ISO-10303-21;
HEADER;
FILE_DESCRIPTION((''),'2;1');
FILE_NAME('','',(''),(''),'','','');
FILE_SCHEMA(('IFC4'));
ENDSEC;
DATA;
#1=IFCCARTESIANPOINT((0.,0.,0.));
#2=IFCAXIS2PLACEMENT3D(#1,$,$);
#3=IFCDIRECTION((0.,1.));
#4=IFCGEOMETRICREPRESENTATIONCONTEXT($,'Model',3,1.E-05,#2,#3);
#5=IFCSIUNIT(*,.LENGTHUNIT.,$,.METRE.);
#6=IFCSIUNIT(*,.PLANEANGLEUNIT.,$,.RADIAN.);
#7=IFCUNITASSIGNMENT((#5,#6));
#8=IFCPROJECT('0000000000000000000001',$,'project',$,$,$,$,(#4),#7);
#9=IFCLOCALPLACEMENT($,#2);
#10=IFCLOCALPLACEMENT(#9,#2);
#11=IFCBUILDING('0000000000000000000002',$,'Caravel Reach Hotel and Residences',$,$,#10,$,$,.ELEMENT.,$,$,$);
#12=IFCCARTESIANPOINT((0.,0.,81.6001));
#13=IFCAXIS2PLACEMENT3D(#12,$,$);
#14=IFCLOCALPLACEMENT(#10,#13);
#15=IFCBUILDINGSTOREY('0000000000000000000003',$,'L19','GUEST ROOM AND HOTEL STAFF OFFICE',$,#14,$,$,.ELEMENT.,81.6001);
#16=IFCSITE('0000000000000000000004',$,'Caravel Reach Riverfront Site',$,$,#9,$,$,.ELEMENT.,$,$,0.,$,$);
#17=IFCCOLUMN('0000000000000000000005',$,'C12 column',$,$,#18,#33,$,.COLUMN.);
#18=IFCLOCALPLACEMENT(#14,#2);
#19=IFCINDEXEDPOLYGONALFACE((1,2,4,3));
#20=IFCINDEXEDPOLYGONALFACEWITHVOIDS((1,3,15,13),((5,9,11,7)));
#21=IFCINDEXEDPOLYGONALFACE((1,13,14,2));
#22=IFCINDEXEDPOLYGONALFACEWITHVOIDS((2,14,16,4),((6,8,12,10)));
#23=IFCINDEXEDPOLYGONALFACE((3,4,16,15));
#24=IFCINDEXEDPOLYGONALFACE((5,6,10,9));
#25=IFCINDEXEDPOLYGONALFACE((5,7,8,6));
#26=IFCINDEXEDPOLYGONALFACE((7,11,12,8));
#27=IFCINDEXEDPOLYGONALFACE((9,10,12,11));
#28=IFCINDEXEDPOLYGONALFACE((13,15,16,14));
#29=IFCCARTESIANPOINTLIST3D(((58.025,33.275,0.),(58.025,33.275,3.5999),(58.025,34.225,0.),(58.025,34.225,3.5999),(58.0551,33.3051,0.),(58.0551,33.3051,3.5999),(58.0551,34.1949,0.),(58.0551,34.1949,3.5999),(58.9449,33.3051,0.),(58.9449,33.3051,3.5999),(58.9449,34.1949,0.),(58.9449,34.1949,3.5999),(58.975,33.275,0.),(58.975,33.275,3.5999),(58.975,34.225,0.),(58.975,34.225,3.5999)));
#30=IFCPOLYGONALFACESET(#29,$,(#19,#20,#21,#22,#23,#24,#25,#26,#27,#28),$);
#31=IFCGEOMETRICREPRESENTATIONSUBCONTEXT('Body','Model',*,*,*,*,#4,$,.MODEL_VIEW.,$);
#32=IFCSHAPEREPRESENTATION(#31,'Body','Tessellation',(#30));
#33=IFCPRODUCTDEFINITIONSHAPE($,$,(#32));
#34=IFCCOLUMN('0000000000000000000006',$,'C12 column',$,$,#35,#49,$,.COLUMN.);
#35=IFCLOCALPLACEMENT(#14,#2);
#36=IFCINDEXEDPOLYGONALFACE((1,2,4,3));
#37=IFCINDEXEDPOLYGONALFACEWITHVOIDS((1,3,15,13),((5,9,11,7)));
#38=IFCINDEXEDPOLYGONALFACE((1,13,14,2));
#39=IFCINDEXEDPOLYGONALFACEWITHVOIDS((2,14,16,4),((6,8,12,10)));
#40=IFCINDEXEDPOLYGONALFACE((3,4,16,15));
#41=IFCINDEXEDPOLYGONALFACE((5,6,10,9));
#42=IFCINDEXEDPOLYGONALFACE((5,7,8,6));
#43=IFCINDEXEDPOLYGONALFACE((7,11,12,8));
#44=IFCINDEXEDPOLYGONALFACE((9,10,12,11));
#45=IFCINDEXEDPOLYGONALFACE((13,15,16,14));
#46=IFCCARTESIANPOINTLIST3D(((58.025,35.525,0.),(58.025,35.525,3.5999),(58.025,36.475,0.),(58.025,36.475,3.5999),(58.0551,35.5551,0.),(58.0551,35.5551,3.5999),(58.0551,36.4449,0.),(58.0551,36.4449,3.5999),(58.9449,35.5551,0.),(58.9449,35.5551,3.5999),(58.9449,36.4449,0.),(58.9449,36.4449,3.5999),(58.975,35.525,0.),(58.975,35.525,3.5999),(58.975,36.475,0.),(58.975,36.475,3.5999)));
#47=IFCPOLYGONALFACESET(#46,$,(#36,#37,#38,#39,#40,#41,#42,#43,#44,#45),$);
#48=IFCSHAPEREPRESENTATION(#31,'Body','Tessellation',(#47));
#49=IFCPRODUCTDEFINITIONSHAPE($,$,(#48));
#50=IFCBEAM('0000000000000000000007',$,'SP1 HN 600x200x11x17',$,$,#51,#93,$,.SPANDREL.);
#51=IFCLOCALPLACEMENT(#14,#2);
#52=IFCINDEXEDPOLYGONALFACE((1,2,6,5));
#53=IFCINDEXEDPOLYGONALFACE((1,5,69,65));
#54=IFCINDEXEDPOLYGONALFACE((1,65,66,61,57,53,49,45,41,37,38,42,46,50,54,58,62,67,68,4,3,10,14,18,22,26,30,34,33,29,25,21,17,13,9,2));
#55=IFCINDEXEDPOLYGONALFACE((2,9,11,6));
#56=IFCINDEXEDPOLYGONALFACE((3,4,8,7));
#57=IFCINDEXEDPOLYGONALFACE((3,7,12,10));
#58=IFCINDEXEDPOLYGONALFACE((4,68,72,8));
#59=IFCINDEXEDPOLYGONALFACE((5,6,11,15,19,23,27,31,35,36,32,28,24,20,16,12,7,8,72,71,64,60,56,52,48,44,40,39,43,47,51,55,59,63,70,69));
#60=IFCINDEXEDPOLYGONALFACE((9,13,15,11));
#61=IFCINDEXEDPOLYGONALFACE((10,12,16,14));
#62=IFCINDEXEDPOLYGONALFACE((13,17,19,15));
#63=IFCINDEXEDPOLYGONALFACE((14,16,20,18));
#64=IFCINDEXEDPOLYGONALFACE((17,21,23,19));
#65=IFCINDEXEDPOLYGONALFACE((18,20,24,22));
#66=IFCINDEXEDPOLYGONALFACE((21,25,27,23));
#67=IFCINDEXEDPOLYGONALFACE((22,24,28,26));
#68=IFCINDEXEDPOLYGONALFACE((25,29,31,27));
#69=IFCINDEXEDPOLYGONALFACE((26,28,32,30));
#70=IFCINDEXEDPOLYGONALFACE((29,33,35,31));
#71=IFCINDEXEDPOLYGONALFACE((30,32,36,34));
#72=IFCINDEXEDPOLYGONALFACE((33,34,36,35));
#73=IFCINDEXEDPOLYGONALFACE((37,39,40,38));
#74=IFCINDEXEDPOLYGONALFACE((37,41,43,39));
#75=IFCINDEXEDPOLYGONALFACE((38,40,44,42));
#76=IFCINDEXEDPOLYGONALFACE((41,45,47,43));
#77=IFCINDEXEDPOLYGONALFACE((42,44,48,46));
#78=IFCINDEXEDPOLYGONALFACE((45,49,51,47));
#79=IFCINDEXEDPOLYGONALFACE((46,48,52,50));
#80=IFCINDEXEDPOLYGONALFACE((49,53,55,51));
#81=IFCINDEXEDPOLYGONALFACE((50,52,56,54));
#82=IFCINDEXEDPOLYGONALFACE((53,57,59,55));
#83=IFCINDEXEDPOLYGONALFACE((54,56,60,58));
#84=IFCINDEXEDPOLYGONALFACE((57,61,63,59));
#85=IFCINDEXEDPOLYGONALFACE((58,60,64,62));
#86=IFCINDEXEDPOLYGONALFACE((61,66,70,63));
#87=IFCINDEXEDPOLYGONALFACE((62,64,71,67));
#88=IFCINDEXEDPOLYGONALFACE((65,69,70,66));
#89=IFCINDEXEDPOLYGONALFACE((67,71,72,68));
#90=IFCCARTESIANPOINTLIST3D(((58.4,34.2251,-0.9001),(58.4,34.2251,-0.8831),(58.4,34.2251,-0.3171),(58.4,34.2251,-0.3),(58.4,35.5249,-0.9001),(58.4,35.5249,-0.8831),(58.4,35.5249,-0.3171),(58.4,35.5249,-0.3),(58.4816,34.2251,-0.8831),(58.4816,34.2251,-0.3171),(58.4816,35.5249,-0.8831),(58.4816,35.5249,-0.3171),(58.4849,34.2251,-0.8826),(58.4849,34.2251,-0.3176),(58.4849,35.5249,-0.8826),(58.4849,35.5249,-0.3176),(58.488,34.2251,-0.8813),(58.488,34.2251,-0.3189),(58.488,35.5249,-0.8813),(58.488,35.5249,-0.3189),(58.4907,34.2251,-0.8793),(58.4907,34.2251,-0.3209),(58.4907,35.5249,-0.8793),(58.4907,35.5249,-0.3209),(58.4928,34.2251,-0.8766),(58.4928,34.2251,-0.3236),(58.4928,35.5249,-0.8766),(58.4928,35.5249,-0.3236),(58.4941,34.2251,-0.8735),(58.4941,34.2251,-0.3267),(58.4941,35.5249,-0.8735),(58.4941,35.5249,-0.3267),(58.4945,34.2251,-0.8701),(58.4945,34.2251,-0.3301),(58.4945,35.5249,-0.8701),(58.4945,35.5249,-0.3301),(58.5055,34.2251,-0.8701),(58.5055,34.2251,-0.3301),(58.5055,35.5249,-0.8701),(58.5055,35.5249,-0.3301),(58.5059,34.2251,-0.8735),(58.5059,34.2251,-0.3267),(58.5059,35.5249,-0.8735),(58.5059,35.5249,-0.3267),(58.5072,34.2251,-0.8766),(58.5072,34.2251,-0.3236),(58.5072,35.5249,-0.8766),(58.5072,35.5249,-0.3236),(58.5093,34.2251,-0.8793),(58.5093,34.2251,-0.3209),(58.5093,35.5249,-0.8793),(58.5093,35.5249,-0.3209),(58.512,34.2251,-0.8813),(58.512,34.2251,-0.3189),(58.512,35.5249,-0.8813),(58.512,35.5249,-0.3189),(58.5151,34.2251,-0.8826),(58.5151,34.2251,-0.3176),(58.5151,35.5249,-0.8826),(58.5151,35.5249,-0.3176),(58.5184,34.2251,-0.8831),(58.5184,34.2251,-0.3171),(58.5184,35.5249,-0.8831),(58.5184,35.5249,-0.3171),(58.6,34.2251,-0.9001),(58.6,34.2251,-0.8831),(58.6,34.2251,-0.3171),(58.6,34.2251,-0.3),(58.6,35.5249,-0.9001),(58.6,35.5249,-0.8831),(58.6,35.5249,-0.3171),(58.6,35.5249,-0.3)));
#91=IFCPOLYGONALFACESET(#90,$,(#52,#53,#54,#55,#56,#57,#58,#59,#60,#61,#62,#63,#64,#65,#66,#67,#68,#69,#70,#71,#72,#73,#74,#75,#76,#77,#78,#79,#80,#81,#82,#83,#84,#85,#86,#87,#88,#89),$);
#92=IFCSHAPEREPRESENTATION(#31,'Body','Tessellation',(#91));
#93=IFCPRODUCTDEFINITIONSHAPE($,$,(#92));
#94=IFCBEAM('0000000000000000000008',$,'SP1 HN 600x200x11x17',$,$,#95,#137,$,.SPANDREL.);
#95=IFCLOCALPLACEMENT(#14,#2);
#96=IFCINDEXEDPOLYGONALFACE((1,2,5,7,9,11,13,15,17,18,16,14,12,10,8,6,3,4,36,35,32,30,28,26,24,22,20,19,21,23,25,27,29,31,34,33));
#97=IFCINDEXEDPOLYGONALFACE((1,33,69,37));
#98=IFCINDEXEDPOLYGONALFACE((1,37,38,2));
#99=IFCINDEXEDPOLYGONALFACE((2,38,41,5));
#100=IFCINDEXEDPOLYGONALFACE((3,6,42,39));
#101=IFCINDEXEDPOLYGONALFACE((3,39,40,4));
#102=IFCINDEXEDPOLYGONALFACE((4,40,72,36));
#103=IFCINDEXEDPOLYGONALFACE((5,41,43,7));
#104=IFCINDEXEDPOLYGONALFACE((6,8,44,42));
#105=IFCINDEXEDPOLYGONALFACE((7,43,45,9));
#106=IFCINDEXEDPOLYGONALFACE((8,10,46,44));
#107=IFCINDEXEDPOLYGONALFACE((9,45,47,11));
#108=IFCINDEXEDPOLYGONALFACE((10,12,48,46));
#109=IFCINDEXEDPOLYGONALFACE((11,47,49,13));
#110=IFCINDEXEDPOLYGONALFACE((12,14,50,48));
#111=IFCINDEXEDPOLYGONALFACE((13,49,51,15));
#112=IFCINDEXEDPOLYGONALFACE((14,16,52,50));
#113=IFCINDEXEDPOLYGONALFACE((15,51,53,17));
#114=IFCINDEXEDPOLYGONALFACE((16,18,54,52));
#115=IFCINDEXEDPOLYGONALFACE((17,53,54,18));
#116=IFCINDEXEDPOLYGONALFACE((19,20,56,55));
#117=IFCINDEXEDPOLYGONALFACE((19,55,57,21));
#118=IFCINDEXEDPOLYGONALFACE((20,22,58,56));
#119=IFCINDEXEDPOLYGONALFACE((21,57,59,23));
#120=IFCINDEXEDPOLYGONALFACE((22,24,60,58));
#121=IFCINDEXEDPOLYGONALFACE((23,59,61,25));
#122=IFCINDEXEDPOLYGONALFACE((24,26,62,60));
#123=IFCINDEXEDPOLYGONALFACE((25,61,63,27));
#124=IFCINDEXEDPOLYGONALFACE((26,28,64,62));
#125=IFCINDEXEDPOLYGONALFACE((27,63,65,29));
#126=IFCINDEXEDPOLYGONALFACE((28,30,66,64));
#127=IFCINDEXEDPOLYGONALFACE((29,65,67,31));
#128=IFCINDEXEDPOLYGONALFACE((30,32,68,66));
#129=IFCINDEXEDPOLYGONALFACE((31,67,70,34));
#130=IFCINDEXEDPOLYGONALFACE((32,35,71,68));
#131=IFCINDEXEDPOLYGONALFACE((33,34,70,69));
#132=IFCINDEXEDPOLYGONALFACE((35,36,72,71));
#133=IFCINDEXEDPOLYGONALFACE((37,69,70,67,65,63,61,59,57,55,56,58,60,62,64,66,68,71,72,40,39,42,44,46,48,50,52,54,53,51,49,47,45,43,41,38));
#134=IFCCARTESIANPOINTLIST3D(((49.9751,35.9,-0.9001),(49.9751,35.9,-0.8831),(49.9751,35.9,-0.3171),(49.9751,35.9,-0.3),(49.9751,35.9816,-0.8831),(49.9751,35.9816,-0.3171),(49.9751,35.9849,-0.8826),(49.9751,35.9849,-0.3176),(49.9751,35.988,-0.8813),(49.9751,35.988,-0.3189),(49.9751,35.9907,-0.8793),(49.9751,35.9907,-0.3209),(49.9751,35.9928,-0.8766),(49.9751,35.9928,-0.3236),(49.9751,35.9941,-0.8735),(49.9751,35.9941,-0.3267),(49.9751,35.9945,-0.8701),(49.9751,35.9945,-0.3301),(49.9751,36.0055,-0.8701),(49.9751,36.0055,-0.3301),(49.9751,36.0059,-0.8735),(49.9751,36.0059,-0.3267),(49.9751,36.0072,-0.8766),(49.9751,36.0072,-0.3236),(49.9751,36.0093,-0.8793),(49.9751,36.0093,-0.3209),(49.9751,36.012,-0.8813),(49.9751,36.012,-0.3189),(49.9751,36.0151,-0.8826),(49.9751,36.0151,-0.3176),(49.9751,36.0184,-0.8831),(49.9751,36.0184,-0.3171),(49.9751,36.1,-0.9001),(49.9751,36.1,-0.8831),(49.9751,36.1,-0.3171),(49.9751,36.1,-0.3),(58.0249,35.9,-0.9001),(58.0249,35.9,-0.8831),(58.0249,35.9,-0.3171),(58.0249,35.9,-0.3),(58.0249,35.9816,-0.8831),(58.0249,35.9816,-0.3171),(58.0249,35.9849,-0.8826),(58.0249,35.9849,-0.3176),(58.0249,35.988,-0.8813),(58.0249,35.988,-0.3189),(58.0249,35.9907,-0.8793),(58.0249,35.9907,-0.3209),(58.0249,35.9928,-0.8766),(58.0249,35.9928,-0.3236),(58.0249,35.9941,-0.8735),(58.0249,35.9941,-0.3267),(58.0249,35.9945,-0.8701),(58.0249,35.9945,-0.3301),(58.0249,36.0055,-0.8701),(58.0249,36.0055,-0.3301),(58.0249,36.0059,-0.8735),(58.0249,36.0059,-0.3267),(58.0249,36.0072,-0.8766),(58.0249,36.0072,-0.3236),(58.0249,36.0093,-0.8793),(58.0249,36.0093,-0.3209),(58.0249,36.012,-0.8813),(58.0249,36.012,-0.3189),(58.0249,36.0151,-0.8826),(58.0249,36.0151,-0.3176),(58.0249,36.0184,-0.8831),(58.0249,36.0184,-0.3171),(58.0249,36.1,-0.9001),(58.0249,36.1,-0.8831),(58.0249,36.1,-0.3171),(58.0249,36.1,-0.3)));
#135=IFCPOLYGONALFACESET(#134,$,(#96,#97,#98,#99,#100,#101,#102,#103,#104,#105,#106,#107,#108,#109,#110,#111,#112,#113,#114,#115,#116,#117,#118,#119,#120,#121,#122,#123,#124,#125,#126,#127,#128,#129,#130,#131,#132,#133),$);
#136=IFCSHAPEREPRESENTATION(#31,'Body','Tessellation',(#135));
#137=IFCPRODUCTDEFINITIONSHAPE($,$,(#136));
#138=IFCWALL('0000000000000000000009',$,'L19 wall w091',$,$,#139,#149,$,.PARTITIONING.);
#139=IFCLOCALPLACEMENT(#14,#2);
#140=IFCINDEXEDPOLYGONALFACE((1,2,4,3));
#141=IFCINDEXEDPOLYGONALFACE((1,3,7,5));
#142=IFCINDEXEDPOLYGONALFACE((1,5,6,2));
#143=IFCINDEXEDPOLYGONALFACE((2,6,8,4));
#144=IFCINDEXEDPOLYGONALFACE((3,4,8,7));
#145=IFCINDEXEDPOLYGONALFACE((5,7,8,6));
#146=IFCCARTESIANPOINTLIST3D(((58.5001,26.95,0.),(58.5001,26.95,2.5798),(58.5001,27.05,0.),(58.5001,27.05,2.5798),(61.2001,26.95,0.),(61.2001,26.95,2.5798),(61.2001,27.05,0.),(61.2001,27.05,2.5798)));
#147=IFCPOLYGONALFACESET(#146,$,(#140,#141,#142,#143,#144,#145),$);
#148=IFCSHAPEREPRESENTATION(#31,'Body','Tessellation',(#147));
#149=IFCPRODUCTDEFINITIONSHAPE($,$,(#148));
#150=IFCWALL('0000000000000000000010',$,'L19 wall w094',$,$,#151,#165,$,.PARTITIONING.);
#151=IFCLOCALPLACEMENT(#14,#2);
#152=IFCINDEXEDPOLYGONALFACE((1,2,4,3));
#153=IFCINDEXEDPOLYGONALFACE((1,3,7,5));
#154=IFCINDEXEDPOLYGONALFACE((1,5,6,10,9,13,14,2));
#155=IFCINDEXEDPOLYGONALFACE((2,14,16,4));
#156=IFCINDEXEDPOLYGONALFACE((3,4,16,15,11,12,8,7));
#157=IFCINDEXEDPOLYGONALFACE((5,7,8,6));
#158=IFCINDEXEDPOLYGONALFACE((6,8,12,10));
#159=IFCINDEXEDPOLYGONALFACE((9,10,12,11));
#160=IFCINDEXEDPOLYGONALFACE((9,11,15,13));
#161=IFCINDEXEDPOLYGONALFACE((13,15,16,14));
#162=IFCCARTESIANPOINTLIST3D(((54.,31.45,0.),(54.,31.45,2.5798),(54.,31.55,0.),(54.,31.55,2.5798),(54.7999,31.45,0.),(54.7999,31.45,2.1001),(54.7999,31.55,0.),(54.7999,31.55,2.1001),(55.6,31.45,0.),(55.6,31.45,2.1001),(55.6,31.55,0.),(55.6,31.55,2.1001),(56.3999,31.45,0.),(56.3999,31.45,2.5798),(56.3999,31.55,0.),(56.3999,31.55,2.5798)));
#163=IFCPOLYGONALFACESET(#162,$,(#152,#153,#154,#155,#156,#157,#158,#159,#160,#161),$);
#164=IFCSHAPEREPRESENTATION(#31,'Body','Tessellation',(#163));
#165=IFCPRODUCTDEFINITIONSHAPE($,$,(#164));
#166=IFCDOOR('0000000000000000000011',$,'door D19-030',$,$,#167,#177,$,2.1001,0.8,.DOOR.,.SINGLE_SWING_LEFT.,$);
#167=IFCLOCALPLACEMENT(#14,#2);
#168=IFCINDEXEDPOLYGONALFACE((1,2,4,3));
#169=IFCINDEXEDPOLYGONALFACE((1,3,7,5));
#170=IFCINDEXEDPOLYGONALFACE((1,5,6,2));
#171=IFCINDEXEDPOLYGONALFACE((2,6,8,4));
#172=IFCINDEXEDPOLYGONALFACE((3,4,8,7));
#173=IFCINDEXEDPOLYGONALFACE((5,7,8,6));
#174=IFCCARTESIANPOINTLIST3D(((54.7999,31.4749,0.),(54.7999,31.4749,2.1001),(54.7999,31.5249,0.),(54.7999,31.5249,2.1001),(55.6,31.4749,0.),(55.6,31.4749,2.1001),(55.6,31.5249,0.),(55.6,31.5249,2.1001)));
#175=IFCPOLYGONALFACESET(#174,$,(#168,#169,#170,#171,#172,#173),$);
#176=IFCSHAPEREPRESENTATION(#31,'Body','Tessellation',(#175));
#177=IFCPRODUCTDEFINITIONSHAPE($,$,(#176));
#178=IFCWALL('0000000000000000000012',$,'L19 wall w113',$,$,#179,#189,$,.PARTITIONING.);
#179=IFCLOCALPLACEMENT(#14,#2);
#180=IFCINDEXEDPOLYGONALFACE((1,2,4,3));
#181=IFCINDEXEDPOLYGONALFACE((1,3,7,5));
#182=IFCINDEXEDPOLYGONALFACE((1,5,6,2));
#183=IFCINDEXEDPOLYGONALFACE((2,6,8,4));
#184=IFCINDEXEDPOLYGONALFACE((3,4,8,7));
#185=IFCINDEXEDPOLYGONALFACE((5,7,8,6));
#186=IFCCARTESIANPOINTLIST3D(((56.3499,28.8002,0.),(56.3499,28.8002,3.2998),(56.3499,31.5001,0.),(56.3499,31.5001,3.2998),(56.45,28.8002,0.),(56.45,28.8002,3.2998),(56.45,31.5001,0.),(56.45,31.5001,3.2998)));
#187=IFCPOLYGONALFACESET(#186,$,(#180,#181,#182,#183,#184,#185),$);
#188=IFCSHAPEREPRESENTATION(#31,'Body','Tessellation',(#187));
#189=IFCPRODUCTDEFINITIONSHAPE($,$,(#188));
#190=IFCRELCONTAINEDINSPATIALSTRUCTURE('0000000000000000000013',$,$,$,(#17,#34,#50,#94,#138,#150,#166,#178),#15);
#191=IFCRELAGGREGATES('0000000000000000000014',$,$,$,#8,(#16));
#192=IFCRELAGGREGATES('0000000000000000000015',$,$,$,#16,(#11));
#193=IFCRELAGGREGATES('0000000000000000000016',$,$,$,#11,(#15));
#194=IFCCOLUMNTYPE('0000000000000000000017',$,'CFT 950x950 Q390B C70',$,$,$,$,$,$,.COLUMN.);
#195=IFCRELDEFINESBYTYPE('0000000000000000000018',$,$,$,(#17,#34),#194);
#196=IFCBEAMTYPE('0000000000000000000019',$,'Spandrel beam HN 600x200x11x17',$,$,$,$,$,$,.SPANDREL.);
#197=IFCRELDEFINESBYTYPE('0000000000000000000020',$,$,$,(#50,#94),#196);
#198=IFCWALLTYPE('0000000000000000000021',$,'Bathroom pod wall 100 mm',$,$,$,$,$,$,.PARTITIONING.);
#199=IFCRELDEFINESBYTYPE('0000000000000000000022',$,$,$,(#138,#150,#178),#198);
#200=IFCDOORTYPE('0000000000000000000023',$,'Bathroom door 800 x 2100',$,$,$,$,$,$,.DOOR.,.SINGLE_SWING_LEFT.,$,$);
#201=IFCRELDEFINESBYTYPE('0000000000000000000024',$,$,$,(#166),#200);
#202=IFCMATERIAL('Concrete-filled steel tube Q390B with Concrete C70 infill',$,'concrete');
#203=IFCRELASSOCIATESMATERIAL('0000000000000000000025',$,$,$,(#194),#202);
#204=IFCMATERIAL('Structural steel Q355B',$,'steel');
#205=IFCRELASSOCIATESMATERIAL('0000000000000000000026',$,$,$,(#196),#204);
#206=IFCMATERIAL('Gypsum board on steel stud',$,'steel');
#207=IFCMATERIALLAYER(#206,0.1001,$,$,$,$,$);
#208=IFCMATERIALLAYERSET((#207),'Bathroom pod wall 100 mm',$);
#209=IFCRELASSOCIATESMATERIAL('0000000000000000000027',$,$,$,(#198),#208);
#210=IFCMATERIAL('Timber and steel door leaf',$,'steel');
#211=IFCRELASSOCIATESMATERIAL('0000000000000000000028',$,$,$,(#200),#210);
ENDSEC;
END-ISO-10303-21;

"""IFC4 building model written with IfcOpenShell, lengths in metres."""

from ifc_helpers import new_model, si_unit, direction, frame, frame_2d, origin, origin_2d, place, context, subcontext, project, spatial, rectangle, hollow_rectangle, i_section, extrude, material, layer, layer_set, material_profile, profile_set, type_object, element, fill, save


model = new_model("IFC4")

# Units and contexts
model_context = context("Model", 3, precision=1e-05, world=origin(), true_north=direction((0.0, 1.0)))
body_context = subcontext(model_context, "Body", "Model", "MODEL_VIEW")
ifc_project = project(units=[si_unit("LENGTHUNIT", "METRE"), si_unit("PLANEANGLEUNIT", "RADIAN")], contexts=[model_context])

# Site, building, storey
site_placement = place(None, origin())
site = spatial("IfcSite", under=ifc_project, at=site_placement, Name="Caravel Reach Riverfront Site", CompositionType="ELEMENT", RefElevation=0.0)
building_placement = place(site_placement, origin())
building = spatial("IfcBuilding", under=site, at=building_placement, Name="Caravel Reach Hotel and Residences", CompositionType="ELEMENT")
storey_placement = place(building_placement, frame((0.0, 0.0, 81.6001)))
storey = spatial("IfcBuildingStorey", under=building, at=storey_placement, Name="L19", Description="GUEST ROOM AND HOTEL STAFF OFFICE", CompositionType="ELEMENT", Elevation=81.6001)

# Columns
ifc_material_1 = material(Name="Concrete-filled steel tube Q390B with Concrete C70 infill", Category="concrete")
ifc_material_profile_1 = material_profile(ifc_material_1, hollow_rectangle(XDim=0.95, YDim=0.95, WallThickness=0.03, at=origin_2d()), Name="RHS 950x950x30")
ifc_profile_set_1 = profile_set([ifc_material_profile_1], Name="Concrete-filled steel tube Q390B with Concrete C70 infill")
column_type = type_object("IfcColumnType", Name="CFT 950x950 Q390B C70", PredefinedType="COLUMN", material=ifc_profile_set_1)
for number, where, z_axis, x_axis, name in (
    (1, (58.5, 33.75, 0.0), (0.0, 0.0, 1.0), (1.0, 0.0, 0.0), "C12 column"),
    (2, (58.5, 36.0, 0.0), (0.0, 0.0, 1.0), (1.0, 0.0, 0.0), "C12 column"),
):
    element("IfcColumn", number, at=place(storey_placement, frame(where, z_axis=z_axis, x_axis=x_axis)), inside=storey, type_object=column_type, Name=name, PredefinedType="COLUMN", context=body_context, shape_type="SweptSolid", body=[
        extrude(hollow_rectangle(XDim=0.95, YDim=0.95, WallThickness=0.03, at=origin_2d()), origin(), (0.0, 0.0, 1.0), 3.5999),
    ])

# Beams
ifc_material_2 = material(Name="Structural steel Q355B", Category="steel")
ifc_material_profile_2 = material_profile(ifc_material_2, i_section(OverallWidth=0.2, OverallDepth=0.6001, WebThickness=0.011, FlangeThickness=0.0171, FilletRadius=0.0129, at=origin_2d()), Name="HN 600x200x11x17")
ifc_profile_set_2 = profile_set([ifc_material_profile_2], Name="Structural steel Q355B")
beam_type = type_object("IfcBeamType", Name="Spandrel beam HN 600x200x11x17", PredefinedType="SPANDREL", material=ifc_profile_set_2)
beam_1_placement = place(storey_placement, frame((58.5, 34.2251, -0.6001), z_axis=(0.0, 1.0, 0.0), x_axis=(-1.0, 0.0, 0.0)))
element("IfcBeam", 3, at=beam_1_placement, inside=storey, type_object=beam_type, Name="SP1 HN 600x200x11x17", PredefinedType="SPANDREL", context=body_context, shape_type="SweptSolid", body=[
    extrude(i_section(OverallWidth=0.2, OverallDepth=0.6001, WebThickness=0.011, FlangeThickness=0.0171, FilletRadius=0.0129, at=origin_2d()), origin(), (0.0, 0.0, 1.0), 1.2998),
])
beam_2_placement = place(storey_placement, frame((58.0249, 36.0, -0.6001), z_axis=(-1.0, 0.0, 0.0), x_axis=(0.0, -1.0, 0.0)))
element("IfcBeam", 4, at=beam_2_placement, inside=storey, type_object=beam_type, Name="SP1 HN 600x200x11x17", PredefinedType="SPANDREL", context=body_context, shape_type="SweptSolid", body=[
    extrude(i_section(OverallWidth=0.2, OverallDepth=0.6001, WebThickness=0.011, FlangeThickness=0.0171, FilletRadius=0.0129, at=origin_2d()), origin(), (0.0, 0.0, 1.0), 8.0498),
])

# Wall
ifc_material_3 = material(Name="Gypsum board on steel stud", Category="steel")
ifc_layer_1 = layer(ifc_material_3, 0.1001)
ifc_layer_set_1 = layer_set([ifc_layer_1], Name="Bathroom pod wall 100 mm")
wall_type_1 = type_object("IfcWallType", Name="Bathroom pod wall 100 mm", PredefinedType="PARTITIONING", material=ifc_layer_set_1)
wall_1_placement = place(storey_placement, frame((58.5, 27.0, 0.0), z_axis=(0.0, 0.0, 1.0), x_axis=(1.0, 0.0, 0.0)))
element("IfcWall", 5, at=wall_1_placement, inside=storey, type_object=wall_type_1, Name="L19 wall w091", PredefinedType="PARTITIONING", context=body_context, shape_type="SweptSolid", body=[
    extrude(rectangle(XDim=2.7, YDim=0.1001, at=frame_2d((1.3501, 0.0))), origin(), (0.0, 0.0, 1.0), 2.5798),
])

# Wall, opening, door
wall_2_placement = place(storey_placement, frame((54.0, 31.5, 0.0), z_axis=(0.0, 0.0, 1.0), x_axis=(1.0, 0.0, 0.0)))
wall_2 = element("IfcWall", 6, at=wall_2_placement, inside=storey, type_object=wall_type_1, Name="L19 wall w094", PredefinedType="PARTITIONING", context=body_context, shape_type="SweptSolid", body=[
    extrude(rectangle(XDim=2.3999, YDim=0.1001, at=frame_2d((1.2, 0.0))), origin(), (0.0, 0.0, 1.0), 2.5798),
])
opening_1_placement = place(wall_2_placement, frame((0.8, 0.0, 0.0)))
opening_1 = element("IfcOpeningElement", 7, at=opening_1_placement, cuts=wall_2, PredefinedType="OPENING", context=body_context, shape_type="SweptSolid", body=[
    extrude(rectangle(XDim=0.8, YDim=2.1001, at=frame_2d((0.3999, 1.05))), frame((0.0, 0.0601, 0.0), z_axis=(0.0, -1.0, 0.0), x_axis=(1.0, 0.0, 0.0)), (0.0, 0.0, 1.0), 0.1201),
])
ifc_material_4 = material(Name="Timber and steel door leaf", Category="steel")
door_type_1 = type_object("IfcDoorType", Name="Bathroom door 800 x 2100", OperationType="SINGLE_SWING_LEFT", PredefinedType="DOOR", material=ifc_material_4)
door_1_placement = place(opening_1_placement, origin())
door_1 = element("IfcDoor", 8, at=door_1_placement, inside=storey, type_object=door_type_1, Name="door D19-030", OperationType="SINGLE_SWING_LEFT", OverallHeight=2.1001, OverallWidth=0.8, PredefinedType="DOOR", context=body_context, shape_type="SweptSolid", body=[
    extrude(rectangle(XDim=0.8, YDim=2.1001, at=frame_2d((0.3999, 1.05))), frame((0.0, 0.0249, 0.0), z_axis=(0.0, -1.0, 0.0), x_axis=(1.0, 0.0, 0.0)), (0.0, 0.0, 1.0), 0.05),
])
fill(opening_1, door_1)

# Wall
wall_3_placement = place(storey_placement, frame((56.3999, 28.8, 0.0), z_axis=(0.0, 0.0, 1.0), x_axis=(0.0, 1.0, 0.0)))
element("IfcWall", 9, at=wall_3_placement, inside=storey, type_object=wall_type_1, Name="L19 wall w113", PredefinedType="PARTITIONING", context=body_context, shape_type="SweptSolid", body=[
    extrude(rectangle(XDim=2.7, YDim=0.1001, at=frame_2d((1.3501, 0.0))), origin(), (0.0, 0.0, 1.0), 3.2998),
])

save(model, "model.ifc")
